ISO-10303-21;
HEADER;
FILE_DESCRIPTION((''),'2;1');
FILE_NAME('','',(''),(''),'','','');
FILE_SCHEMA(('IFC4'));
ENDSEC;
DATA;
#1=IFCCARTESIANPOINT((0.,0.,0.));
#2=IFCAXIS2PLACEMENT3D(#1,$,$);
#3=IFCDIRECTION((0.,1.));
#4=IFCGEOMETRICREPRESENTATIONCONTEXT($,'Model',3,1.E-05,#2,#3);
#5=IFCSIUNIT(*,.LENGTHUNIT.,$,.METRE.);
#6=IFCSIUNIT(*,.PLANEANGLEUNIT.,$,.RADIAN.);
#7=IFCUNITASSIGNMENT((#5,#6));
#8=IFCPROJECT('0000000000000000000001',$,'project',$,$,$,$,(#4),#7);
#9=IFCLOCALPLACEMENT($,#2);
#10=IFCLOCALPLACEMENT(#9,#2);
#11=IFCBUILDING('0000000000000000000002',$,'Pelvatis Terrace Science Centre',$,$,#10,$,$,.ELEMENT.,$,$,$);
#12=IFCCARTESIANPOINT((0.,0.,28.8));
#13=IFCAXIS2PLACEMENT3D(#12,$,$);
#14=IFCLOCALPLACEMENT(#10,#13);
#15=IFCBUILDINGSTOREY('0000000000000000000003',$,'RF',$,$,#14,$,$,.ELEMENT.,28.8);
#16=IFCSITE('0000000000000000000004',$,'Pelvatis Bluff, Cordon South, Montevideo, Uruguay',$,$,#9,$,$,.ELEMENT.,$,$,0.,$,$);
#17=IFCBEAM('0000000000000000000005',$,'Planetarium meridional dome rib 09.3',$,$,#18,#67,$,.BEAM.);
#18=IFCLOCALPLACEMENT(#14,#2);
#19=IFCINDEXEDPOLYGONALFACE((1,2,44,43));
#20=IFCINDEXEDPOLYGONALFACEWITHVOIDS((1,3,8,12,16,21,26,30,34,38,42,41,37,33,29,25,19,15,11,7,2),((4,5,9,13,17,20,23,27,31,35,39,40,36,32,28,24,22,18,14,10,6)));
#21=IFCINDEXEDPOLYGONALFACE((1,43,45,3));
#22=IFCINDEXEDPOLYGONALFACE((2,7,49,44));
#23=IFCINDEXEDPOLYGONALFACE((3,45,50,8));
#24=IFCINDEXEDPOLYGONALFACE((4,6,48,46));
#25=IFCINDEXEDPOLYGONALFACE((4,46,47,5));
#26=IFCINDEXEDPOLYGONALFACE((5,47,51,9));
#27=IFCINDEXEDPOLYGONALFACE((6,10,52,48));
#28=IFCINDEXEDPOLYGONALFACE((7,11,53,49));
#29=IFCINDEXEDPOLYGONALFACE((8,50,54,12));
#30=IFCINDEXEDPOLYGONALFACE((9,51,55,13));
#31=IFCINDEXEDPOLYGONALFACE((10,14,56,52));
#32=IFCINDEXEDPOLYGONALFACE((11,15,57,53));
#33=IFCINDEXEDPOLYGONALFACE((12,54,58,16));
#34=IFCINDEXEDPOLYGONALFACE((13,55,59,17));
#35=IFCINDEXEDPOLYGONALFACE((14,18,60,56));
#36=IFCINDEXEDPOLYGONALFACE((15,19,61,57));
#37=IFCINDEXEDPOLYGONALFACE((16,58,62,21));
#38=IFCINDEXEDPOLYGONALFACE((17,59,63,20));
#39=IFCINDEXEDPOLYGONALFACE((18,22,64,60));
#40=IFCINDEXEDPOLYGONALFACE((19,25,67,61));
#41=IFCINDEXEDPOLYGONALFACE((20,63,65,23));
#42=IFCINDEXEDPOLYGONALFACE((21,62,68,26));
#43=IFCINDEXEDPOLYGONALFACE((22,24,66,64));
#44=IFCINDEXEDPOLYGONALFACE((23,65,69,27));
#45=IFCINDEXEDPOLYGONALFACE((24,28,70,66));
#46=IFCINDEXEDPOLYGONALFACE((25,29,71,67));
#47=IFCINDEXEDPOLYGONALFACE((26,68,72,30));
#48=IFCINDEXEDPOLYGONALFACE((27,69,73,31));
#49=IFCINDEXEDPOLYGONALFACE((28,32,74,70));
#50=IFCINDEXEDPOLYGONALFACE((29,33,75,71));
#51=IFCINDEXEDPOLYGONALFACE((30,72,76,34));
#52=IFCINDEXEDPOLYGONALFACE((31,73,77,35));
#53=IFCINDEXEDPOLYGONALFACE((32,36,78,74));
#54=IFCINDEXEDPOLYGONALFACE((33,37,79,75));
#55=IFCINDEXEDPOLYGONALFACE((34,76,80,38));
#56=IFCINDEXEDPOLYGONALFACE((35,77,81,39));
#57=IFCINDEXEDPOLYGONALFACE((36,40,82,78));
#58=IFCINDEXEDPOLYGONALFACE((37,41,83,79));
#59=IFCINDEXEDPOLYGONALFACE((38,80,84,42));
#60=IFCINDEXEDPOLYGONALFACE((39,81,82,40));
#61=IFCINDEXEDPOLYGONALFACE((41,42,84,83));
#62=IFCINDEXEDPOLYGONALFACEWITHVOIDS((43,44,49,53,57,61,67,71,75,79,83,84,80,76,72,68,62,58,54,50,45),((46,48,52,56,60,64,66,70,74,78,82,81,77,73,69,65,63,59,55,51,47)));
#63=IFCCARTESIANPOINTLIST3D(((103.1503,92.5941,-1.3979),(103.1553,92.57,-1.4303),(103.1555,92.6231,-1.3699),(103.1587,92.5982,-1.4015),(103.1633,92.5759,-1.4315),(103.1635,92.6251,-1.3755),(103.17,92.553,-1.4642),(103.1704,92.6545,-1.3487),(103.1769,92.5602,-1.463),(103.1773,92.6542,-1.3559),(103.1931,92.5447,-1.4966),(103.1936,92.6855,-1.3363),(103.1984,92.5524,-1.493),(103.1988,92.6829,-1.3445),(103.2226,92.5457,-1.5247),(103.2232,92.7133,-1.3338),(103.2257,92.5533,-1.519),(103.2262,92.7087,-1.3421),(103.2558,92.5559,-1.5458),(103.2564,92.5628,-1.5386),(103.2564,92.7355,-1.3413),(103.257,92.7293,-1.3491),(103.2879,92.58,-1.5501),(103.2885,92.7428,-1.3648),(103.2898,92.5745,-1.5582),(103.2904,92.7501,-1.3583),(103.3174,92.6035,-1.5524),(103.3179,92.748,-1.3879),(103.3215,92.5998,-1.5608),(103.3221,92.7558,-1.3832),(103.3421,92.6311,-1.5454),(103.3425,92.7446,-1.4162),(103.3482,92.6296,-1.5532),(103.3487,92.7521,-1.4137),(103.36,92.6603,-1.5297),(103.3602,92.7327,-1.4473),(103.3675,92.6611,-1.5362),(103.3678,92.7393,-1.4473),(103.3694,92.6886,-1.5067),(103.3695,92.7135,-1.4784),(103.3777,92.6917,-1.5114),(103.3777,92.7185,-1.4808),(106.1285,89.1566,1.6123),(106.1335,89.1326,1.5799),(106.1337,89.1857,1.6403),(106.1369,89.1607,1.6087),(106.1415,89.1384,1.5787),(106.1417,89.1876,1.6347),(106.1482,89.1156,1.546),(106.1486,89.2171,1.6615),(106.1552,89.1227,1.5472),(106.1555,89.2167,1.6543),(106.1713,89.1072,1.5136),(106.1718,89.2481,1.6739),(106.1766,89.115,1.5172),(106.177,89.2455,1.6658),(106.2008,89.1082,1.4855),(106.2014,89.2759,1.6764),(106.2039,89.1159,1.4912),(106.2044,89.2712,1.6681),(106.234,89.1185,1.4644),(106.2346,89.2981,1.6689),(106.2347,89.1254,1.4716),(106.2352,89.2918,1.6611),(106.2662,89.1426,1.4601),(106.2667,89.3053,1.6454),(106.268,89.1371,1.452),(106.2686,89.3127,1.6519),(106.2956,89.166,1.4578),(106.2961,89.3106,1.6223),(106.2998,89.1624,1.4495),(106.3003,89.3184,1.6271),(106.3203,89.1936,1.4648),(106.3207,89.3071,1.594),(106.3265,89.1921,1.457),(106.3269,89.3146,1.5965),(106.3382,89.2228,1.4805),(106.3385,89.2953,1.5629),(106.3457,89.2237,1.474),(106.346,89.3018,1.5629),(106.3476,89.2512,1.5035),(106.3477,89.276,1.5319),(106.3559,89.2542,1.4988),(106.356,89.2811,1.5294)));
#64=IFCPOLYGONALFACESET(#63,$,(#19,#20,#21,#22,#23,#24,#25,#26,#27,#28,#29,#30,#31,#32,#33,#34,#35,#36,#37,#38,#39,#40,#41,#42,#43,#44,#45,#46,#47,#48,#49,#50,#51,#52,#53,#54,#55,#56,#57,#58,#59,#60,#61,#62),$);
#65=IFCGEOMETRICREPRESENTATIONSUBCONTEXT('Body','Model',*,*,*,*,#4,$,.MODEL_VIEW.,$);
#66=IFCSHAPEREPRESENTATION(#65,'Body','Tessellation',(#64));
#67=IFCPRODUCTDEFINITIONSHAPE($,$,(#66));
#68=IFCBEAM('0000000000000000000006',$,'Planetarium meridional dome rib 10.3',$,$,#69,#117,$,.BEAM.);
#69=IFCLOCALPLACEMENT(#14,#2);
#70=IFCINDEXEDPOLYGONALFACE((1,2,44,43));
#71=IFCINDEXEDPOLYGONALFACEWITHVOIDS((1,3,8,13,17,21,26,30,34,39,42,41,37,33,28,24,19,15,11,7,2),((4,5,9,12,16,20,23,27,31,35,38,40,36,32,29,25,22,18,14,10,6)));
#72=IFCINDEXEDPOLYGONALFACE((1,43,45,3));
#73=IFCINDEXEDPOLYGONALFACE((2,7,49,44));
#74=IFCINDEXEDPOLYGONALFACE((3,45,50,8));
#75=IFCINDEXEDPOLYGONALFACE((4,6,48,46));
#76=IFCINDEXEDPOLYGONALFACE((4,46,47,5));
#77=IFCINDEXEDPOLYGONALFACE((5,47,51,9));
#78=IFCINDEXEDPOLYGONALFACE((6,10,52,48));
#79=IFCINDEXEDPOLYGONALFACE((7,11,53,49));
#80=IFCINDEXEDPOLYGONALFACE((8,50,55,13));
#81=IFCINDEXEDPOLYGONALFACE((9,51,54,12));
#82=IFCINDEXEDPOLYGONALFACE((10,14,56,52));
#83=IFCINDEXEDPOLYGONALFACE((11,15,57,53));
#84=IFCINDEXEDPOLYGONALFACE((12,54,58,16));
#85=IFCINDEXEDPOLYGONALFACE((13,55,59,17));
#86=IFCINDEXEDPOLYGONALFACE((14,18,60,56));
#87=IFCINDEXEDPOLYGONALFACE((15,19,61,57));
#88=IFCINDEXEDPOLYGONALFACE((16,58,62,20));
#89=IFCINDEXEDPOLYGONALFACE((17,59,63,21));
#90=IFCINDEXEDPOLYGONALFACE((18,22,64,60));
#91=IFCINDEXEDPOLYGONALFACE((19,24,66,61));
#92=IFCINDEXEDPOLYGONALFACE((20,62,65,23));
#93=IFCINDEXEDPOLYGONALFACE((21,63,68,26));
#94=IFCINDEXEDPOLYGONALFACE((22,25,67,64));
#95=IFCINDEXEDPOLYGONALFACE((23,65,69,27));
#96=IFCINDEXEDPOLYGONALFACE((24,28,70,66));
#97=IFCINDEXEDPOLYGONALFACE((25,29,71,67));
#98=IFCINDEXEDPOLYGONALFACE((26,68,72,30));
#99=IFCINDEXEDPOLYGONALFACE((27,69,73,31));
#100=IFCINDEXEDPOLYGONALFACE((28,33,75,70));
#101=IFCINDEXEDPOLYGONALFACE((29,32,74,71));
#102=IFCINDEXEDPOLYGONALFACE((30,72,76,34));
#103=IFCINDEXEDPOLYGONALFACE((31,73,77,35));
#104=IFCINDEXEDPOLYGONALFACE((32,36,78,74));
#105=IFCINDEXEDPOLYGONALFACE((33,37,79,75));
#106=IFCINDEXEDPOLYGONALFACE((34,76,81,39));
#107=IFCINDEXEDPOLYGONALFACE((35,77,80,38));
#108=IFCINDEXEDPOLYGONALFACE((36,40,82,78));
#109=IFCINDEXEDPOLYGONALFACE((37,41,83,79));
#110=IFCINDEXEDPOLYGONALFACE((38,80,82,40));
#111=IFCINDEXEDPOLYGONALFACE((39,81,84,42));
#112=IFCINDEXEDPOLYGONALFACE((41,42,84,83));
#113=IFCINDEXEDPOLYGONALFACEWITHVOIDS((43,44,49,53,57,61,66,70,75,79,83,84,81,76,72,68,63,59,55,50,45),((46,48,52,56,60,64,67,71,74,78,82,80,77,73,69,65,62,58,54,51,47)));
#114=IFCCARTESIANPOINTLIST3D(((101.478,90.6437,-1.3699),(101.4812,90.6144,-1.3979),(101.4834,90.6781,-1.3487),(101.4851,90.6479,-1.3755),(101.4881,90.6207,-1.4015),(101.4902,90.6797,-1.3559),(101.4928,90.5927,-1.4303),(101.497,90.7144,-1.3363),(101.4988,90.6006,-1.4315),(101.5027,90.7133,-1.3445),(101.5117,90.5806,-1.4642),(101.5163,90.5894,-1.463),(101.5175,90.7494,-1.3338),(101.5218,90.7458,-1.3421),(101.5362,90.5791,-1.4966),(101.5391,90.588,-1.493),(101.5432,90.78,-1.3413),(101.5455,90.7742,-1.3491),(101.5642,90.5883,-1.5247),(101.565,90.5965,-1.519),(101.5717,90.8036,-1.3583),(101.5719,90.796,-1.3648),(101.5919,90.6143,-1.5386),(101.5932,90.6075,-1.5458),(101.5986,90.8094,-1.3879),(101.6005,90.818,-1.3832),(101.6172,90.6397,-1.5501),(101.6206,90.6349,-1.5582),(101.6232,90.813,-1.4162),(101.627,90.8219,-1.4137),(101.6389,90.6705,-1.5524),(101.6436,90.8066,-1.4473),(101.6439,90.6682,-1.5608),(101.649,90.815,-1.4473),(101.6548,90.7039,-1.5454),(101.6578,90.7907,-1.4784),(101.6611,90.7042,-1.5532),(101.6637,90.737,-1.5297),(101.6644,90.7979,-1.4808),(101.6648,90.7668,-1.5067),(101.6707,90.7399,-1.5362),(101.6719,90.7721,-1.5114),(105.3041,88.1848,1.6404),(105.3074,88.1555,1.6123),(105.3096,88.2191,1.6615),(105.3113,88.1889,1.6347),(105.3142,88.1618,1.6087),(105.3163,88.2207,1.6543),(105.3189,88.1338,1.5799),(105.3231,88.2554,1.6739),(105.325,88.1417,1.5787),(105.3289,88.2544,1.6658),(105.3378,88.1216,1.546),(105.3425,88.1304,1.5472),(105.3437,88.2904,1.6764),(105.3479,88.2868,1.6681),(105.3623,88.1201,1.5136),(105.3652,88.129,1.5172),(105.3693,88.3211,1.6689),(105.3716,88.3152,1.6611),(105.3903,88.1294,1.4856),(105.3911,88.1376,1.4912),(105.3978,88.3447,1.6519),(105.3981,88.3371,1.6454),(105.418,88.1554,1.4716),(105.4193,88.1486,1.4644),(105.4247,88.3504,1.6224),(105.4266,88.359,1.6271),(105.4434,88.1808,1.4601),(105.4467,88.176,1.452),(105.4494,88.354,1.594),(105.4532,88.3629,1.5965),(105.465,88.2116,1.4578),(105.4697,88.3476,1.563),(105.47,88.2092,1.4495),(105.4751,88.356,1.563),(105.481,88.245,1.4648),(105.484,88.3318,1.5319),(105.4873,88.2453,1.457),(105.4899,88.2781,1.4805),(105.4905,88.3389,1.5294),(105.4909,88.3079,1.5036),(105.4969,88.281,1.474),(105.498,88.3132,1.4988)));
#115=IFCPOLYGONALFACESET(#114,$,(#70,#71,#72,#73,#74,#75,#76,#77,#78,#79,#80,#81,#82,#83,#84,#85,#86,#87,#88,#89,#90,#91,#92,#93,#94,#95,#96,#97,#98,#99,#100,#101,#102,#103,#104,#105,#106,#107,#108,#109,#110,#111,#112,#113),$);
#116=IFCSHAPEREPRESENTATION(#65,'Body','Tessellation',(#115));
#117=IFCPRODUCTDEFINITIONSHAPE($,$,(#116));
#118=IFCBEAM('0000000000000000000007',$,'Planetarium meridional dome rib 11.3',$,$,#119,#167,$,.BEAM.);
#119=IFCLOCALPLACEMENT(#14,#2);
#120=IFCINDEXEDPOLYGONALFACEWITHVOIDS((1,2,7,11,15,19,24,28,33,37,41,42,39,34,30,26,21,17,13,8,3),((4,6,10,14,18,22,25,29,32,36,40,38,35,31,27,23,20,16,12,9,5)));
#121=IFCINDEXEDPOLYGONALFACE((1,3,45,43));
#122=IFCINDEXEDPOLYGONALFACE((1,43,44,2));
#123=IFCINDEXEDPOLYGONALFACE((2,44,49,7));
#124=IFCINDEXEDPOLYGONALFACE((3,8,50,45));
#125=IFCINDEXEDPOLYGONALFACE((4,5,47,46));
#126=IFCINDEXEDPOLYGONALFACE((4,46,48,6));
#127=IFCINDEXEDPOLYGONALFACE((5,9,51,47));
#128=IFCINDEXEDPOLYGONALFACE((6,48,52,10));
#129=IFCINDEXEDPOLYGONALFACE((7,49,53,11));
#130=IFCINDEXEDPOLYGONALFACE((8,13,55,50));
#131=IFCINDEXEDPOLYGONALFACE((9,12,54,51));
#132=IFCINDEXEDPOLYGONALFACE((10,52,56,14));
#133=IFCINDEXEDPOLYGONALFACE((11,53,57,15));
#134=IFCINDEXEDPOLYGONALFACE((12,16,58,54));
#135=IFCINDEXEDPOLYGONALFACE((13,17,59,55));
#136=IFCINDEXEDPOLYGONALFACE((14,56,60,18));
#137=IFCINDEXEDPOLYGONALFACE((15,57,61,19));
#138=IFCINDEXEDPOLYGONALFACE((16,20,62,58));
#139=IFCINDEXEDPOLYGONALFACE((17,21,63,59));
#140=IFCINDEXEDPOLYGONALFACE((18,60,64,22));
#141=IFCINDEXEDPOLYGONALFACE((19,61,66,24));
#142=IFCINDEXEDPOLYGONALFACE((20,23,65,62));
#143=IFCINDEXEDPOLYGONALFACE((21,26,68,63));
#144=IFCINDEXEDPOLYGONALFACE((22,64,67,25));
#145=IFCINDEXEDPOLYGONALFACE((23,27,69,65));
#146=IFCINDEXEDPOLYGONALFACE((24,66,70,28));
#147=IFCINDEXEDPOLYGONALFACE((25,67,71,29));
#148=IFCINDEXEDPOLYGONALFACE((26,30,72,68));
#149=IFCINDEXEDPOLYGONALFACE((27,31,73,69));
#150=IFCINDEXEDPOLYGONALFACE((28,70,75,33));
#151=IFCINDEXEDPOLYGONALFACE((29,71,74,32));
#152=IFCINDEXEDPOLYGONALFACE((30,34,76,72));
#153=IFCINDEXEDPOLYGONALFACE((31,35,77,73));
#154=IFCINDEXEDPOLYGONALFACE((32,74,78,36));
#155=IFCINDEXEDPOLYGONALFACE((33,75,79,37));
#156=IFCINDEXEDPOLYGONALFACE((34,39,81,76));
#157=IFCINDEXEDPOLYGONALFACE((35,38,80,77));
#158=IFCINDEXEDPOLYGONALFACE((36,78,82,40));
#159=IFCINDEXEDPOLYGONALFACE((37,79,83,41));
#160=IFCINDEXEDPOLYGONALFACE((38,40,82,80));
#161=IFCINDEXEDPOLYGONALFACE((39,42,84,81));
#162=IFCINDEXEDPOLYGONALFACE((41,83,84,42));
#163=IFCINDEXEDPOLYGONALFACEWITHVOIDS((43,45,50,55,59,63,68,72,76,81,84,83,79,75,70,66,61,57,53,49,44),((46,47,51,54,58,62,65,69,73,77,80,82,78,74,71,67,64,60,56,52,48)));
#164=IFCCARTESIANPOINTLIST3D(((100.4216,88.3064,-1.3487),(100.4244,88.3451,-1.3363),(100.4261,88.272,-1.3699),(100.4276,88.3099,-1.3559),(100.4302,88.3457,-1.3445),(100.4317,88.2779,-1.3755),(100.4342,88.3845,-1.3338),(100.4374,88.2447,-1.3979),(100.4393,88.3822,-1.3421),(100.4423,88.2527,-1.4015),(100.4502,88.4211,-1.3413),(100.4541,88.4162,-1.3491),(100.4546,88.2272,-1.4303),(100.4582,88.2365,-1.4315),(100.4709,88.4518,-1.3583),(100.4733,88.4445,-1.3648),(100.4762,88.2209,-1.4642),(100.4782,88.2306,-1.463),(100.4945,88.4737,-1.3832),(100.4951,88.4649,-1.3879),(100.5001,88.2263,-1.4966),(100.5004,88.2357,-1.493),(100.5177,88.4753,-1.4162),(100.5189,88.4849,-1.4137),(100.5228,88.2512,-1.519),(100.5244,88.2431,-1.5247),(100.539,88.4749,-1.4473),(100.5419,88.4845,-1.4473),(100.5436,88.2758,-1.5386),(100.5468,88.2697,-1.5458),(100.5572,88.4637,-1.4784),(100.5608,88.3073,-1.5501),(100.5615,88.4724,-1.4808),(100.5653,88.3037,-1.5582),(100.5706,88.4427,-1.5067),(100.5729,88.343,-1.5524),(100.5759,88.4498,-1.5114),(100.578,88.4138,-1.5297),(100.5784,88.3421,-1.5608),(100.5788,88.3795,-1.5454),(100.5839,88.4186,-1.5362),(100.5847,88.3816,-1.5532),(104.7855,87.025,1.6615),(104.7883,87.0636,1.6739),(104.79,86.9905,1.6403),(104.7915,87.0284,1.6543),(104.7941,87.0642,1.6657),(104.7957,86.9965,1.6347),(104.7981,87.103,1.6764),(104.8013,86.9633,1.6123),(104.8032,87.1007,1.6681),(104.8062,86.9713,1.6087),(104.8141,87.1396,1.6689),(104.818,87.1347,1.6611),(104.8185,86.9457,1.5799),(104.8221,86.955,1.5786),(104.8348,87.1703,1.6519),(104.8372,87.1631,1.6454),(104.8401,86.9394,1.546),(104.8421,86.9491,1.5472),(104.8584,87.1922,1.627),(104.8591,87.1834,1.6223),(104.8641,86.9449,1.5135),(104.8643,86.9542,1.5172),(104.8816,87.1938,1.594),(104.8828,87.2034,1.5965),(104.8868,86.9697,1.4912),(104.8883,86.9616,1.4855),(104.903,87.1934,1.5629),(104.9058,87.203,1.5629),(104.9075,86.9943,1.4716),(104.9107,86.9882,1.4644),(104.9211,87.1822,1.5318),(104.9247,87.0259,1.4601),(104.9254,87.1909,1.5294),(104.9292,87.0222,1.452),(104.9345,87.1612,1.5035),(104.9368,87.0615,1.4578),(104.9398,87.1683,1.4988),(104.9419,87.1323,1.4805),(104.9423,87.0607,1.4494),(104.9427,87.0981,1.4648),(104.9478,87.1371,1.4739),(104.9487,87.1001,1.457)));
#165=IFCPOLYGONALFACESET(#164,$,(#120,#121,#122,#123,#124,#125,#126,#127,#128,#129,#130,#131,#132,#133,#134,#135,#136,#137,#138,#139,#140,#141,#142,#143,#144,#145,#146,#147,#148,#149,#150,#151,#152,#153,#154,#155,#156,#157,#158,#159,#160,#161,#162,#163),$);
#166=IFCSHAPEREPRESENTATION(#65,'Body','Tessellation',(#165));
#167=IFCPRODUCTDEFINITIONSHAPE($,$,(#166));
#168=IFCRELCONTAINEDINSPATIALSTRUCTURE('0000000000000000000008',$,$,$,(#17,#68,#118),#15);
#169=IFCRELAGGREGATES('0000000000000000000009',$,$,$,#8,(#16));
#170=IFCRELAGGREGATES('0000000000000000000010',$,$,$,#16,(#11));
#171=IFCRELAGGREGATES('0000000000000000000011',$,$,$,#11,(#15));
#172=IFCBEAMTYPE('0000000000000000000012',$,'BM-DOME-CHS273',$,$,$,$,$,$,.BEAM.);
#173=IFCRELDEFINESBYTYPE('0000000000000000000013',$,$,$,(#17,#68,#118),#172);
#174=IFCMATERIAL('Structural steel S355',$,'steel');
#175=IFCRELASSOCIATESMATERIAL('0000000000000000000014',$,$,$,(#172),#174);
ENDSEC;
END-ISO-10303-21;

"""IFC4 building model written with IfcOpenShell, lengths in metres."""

from ifc_helpers import new_model, si_unit, direction, frame, origin, origin_2d, place, context, subcontext, project, spatial, hollow_circle, extrude, material, material_profile, profile_set, type_object, element, save


model = new_model("IFC4")

# Units and contexts
model_context = context("Model", 3, precision=1e-05, world=origin(), true_north=direction((0.0, 1.0)))
body_context = subcontext(model_context, "Body", "Model", "MODEL_VIEW")
ifc_project = project(units=[si_unit("LENGTHUNIT", "METRE"), si_unit("PLANEANGLEUNIT", "RADIAN")], contexts=[model_context])

# Site, building, storey
site_placement = place(None, origin())
site = spatial("IfcSite", under=ifc_project, at=site_placement, Name="Pelvatis Bluff, Cordon South, Montevideo, Uruguay", CompositionType="ELEMENT", RefElevation=0.0)
building_placement = place(site_placement, origin())
building = spatial("IfcBuilding", under=site, at=building_placement, Name="Pelvatis Terrace Science Centre", CompositionType="ELEMENT")
storey_placement = place(building_placement, frame((0.0, 0.0, 28.8)))
storey = spatial("IfcBuildingStorey", under=building, at=storey_placement, Name="RF", CompositionType="ELEMENT", Elevation=28.8)

# Beams
ifc_material_1 = material(Name="Structural steel S355", Category="steel")
ifc_material_profile_1 = material_profile(ifc_material_1, hollow_circle(Radius=0.1365, WallThickness=0.01, at=origin_2d()), Name="CHS 273.0x10.0")
ifc_profile_set_1 = profile_set([ifc_material_profile_1], Name="Structural steel S355")
beam_type_1 = type_object("IfcBeamType", Name="BM-DOME-CHS273", PredefinedType="BEAM", material=ifc_profile_set_1)
for number, where, z_axis, x_axis, name in (
    (1, (103.2646, 92.6499, -1.4473), (0.546053, -0.63025, 0.551916), (0.755786, 0.654818, 0.0), "Planetarium meridional dome rib 09.3"),
    (2, (101.5752, 90.7002, -1.4473), (0.701515, -0.450846, 0.551919), (0.540649, 0.841248, 0.0), "Planetarium meridional dome rib 10.3"),
    (3, (100.5034, 88.3535, -1.4473), (0.800118, -0.234955, 0.551913), (0.281754, 0.959487, 0.0), "Planetarium meridional dome rib 11.3"),
):
    element("IfcBeam", number, at=place(storey_placement, frame(where, z_axis=z_axis, x_axis=x_axis)), inside=storey, type_object=beam_type_1, Name=name, PredefinedType="BEAM", context=body_context, shape_type="SweptSolid", body=[
        extrude(hollow_circle(Radius=0.1365, WallThickness=0.01, at=origin_2d()), origin(), (0.0, 0.0, 1.0), 5.4541),
    ])

save(model, "model.ifc")
